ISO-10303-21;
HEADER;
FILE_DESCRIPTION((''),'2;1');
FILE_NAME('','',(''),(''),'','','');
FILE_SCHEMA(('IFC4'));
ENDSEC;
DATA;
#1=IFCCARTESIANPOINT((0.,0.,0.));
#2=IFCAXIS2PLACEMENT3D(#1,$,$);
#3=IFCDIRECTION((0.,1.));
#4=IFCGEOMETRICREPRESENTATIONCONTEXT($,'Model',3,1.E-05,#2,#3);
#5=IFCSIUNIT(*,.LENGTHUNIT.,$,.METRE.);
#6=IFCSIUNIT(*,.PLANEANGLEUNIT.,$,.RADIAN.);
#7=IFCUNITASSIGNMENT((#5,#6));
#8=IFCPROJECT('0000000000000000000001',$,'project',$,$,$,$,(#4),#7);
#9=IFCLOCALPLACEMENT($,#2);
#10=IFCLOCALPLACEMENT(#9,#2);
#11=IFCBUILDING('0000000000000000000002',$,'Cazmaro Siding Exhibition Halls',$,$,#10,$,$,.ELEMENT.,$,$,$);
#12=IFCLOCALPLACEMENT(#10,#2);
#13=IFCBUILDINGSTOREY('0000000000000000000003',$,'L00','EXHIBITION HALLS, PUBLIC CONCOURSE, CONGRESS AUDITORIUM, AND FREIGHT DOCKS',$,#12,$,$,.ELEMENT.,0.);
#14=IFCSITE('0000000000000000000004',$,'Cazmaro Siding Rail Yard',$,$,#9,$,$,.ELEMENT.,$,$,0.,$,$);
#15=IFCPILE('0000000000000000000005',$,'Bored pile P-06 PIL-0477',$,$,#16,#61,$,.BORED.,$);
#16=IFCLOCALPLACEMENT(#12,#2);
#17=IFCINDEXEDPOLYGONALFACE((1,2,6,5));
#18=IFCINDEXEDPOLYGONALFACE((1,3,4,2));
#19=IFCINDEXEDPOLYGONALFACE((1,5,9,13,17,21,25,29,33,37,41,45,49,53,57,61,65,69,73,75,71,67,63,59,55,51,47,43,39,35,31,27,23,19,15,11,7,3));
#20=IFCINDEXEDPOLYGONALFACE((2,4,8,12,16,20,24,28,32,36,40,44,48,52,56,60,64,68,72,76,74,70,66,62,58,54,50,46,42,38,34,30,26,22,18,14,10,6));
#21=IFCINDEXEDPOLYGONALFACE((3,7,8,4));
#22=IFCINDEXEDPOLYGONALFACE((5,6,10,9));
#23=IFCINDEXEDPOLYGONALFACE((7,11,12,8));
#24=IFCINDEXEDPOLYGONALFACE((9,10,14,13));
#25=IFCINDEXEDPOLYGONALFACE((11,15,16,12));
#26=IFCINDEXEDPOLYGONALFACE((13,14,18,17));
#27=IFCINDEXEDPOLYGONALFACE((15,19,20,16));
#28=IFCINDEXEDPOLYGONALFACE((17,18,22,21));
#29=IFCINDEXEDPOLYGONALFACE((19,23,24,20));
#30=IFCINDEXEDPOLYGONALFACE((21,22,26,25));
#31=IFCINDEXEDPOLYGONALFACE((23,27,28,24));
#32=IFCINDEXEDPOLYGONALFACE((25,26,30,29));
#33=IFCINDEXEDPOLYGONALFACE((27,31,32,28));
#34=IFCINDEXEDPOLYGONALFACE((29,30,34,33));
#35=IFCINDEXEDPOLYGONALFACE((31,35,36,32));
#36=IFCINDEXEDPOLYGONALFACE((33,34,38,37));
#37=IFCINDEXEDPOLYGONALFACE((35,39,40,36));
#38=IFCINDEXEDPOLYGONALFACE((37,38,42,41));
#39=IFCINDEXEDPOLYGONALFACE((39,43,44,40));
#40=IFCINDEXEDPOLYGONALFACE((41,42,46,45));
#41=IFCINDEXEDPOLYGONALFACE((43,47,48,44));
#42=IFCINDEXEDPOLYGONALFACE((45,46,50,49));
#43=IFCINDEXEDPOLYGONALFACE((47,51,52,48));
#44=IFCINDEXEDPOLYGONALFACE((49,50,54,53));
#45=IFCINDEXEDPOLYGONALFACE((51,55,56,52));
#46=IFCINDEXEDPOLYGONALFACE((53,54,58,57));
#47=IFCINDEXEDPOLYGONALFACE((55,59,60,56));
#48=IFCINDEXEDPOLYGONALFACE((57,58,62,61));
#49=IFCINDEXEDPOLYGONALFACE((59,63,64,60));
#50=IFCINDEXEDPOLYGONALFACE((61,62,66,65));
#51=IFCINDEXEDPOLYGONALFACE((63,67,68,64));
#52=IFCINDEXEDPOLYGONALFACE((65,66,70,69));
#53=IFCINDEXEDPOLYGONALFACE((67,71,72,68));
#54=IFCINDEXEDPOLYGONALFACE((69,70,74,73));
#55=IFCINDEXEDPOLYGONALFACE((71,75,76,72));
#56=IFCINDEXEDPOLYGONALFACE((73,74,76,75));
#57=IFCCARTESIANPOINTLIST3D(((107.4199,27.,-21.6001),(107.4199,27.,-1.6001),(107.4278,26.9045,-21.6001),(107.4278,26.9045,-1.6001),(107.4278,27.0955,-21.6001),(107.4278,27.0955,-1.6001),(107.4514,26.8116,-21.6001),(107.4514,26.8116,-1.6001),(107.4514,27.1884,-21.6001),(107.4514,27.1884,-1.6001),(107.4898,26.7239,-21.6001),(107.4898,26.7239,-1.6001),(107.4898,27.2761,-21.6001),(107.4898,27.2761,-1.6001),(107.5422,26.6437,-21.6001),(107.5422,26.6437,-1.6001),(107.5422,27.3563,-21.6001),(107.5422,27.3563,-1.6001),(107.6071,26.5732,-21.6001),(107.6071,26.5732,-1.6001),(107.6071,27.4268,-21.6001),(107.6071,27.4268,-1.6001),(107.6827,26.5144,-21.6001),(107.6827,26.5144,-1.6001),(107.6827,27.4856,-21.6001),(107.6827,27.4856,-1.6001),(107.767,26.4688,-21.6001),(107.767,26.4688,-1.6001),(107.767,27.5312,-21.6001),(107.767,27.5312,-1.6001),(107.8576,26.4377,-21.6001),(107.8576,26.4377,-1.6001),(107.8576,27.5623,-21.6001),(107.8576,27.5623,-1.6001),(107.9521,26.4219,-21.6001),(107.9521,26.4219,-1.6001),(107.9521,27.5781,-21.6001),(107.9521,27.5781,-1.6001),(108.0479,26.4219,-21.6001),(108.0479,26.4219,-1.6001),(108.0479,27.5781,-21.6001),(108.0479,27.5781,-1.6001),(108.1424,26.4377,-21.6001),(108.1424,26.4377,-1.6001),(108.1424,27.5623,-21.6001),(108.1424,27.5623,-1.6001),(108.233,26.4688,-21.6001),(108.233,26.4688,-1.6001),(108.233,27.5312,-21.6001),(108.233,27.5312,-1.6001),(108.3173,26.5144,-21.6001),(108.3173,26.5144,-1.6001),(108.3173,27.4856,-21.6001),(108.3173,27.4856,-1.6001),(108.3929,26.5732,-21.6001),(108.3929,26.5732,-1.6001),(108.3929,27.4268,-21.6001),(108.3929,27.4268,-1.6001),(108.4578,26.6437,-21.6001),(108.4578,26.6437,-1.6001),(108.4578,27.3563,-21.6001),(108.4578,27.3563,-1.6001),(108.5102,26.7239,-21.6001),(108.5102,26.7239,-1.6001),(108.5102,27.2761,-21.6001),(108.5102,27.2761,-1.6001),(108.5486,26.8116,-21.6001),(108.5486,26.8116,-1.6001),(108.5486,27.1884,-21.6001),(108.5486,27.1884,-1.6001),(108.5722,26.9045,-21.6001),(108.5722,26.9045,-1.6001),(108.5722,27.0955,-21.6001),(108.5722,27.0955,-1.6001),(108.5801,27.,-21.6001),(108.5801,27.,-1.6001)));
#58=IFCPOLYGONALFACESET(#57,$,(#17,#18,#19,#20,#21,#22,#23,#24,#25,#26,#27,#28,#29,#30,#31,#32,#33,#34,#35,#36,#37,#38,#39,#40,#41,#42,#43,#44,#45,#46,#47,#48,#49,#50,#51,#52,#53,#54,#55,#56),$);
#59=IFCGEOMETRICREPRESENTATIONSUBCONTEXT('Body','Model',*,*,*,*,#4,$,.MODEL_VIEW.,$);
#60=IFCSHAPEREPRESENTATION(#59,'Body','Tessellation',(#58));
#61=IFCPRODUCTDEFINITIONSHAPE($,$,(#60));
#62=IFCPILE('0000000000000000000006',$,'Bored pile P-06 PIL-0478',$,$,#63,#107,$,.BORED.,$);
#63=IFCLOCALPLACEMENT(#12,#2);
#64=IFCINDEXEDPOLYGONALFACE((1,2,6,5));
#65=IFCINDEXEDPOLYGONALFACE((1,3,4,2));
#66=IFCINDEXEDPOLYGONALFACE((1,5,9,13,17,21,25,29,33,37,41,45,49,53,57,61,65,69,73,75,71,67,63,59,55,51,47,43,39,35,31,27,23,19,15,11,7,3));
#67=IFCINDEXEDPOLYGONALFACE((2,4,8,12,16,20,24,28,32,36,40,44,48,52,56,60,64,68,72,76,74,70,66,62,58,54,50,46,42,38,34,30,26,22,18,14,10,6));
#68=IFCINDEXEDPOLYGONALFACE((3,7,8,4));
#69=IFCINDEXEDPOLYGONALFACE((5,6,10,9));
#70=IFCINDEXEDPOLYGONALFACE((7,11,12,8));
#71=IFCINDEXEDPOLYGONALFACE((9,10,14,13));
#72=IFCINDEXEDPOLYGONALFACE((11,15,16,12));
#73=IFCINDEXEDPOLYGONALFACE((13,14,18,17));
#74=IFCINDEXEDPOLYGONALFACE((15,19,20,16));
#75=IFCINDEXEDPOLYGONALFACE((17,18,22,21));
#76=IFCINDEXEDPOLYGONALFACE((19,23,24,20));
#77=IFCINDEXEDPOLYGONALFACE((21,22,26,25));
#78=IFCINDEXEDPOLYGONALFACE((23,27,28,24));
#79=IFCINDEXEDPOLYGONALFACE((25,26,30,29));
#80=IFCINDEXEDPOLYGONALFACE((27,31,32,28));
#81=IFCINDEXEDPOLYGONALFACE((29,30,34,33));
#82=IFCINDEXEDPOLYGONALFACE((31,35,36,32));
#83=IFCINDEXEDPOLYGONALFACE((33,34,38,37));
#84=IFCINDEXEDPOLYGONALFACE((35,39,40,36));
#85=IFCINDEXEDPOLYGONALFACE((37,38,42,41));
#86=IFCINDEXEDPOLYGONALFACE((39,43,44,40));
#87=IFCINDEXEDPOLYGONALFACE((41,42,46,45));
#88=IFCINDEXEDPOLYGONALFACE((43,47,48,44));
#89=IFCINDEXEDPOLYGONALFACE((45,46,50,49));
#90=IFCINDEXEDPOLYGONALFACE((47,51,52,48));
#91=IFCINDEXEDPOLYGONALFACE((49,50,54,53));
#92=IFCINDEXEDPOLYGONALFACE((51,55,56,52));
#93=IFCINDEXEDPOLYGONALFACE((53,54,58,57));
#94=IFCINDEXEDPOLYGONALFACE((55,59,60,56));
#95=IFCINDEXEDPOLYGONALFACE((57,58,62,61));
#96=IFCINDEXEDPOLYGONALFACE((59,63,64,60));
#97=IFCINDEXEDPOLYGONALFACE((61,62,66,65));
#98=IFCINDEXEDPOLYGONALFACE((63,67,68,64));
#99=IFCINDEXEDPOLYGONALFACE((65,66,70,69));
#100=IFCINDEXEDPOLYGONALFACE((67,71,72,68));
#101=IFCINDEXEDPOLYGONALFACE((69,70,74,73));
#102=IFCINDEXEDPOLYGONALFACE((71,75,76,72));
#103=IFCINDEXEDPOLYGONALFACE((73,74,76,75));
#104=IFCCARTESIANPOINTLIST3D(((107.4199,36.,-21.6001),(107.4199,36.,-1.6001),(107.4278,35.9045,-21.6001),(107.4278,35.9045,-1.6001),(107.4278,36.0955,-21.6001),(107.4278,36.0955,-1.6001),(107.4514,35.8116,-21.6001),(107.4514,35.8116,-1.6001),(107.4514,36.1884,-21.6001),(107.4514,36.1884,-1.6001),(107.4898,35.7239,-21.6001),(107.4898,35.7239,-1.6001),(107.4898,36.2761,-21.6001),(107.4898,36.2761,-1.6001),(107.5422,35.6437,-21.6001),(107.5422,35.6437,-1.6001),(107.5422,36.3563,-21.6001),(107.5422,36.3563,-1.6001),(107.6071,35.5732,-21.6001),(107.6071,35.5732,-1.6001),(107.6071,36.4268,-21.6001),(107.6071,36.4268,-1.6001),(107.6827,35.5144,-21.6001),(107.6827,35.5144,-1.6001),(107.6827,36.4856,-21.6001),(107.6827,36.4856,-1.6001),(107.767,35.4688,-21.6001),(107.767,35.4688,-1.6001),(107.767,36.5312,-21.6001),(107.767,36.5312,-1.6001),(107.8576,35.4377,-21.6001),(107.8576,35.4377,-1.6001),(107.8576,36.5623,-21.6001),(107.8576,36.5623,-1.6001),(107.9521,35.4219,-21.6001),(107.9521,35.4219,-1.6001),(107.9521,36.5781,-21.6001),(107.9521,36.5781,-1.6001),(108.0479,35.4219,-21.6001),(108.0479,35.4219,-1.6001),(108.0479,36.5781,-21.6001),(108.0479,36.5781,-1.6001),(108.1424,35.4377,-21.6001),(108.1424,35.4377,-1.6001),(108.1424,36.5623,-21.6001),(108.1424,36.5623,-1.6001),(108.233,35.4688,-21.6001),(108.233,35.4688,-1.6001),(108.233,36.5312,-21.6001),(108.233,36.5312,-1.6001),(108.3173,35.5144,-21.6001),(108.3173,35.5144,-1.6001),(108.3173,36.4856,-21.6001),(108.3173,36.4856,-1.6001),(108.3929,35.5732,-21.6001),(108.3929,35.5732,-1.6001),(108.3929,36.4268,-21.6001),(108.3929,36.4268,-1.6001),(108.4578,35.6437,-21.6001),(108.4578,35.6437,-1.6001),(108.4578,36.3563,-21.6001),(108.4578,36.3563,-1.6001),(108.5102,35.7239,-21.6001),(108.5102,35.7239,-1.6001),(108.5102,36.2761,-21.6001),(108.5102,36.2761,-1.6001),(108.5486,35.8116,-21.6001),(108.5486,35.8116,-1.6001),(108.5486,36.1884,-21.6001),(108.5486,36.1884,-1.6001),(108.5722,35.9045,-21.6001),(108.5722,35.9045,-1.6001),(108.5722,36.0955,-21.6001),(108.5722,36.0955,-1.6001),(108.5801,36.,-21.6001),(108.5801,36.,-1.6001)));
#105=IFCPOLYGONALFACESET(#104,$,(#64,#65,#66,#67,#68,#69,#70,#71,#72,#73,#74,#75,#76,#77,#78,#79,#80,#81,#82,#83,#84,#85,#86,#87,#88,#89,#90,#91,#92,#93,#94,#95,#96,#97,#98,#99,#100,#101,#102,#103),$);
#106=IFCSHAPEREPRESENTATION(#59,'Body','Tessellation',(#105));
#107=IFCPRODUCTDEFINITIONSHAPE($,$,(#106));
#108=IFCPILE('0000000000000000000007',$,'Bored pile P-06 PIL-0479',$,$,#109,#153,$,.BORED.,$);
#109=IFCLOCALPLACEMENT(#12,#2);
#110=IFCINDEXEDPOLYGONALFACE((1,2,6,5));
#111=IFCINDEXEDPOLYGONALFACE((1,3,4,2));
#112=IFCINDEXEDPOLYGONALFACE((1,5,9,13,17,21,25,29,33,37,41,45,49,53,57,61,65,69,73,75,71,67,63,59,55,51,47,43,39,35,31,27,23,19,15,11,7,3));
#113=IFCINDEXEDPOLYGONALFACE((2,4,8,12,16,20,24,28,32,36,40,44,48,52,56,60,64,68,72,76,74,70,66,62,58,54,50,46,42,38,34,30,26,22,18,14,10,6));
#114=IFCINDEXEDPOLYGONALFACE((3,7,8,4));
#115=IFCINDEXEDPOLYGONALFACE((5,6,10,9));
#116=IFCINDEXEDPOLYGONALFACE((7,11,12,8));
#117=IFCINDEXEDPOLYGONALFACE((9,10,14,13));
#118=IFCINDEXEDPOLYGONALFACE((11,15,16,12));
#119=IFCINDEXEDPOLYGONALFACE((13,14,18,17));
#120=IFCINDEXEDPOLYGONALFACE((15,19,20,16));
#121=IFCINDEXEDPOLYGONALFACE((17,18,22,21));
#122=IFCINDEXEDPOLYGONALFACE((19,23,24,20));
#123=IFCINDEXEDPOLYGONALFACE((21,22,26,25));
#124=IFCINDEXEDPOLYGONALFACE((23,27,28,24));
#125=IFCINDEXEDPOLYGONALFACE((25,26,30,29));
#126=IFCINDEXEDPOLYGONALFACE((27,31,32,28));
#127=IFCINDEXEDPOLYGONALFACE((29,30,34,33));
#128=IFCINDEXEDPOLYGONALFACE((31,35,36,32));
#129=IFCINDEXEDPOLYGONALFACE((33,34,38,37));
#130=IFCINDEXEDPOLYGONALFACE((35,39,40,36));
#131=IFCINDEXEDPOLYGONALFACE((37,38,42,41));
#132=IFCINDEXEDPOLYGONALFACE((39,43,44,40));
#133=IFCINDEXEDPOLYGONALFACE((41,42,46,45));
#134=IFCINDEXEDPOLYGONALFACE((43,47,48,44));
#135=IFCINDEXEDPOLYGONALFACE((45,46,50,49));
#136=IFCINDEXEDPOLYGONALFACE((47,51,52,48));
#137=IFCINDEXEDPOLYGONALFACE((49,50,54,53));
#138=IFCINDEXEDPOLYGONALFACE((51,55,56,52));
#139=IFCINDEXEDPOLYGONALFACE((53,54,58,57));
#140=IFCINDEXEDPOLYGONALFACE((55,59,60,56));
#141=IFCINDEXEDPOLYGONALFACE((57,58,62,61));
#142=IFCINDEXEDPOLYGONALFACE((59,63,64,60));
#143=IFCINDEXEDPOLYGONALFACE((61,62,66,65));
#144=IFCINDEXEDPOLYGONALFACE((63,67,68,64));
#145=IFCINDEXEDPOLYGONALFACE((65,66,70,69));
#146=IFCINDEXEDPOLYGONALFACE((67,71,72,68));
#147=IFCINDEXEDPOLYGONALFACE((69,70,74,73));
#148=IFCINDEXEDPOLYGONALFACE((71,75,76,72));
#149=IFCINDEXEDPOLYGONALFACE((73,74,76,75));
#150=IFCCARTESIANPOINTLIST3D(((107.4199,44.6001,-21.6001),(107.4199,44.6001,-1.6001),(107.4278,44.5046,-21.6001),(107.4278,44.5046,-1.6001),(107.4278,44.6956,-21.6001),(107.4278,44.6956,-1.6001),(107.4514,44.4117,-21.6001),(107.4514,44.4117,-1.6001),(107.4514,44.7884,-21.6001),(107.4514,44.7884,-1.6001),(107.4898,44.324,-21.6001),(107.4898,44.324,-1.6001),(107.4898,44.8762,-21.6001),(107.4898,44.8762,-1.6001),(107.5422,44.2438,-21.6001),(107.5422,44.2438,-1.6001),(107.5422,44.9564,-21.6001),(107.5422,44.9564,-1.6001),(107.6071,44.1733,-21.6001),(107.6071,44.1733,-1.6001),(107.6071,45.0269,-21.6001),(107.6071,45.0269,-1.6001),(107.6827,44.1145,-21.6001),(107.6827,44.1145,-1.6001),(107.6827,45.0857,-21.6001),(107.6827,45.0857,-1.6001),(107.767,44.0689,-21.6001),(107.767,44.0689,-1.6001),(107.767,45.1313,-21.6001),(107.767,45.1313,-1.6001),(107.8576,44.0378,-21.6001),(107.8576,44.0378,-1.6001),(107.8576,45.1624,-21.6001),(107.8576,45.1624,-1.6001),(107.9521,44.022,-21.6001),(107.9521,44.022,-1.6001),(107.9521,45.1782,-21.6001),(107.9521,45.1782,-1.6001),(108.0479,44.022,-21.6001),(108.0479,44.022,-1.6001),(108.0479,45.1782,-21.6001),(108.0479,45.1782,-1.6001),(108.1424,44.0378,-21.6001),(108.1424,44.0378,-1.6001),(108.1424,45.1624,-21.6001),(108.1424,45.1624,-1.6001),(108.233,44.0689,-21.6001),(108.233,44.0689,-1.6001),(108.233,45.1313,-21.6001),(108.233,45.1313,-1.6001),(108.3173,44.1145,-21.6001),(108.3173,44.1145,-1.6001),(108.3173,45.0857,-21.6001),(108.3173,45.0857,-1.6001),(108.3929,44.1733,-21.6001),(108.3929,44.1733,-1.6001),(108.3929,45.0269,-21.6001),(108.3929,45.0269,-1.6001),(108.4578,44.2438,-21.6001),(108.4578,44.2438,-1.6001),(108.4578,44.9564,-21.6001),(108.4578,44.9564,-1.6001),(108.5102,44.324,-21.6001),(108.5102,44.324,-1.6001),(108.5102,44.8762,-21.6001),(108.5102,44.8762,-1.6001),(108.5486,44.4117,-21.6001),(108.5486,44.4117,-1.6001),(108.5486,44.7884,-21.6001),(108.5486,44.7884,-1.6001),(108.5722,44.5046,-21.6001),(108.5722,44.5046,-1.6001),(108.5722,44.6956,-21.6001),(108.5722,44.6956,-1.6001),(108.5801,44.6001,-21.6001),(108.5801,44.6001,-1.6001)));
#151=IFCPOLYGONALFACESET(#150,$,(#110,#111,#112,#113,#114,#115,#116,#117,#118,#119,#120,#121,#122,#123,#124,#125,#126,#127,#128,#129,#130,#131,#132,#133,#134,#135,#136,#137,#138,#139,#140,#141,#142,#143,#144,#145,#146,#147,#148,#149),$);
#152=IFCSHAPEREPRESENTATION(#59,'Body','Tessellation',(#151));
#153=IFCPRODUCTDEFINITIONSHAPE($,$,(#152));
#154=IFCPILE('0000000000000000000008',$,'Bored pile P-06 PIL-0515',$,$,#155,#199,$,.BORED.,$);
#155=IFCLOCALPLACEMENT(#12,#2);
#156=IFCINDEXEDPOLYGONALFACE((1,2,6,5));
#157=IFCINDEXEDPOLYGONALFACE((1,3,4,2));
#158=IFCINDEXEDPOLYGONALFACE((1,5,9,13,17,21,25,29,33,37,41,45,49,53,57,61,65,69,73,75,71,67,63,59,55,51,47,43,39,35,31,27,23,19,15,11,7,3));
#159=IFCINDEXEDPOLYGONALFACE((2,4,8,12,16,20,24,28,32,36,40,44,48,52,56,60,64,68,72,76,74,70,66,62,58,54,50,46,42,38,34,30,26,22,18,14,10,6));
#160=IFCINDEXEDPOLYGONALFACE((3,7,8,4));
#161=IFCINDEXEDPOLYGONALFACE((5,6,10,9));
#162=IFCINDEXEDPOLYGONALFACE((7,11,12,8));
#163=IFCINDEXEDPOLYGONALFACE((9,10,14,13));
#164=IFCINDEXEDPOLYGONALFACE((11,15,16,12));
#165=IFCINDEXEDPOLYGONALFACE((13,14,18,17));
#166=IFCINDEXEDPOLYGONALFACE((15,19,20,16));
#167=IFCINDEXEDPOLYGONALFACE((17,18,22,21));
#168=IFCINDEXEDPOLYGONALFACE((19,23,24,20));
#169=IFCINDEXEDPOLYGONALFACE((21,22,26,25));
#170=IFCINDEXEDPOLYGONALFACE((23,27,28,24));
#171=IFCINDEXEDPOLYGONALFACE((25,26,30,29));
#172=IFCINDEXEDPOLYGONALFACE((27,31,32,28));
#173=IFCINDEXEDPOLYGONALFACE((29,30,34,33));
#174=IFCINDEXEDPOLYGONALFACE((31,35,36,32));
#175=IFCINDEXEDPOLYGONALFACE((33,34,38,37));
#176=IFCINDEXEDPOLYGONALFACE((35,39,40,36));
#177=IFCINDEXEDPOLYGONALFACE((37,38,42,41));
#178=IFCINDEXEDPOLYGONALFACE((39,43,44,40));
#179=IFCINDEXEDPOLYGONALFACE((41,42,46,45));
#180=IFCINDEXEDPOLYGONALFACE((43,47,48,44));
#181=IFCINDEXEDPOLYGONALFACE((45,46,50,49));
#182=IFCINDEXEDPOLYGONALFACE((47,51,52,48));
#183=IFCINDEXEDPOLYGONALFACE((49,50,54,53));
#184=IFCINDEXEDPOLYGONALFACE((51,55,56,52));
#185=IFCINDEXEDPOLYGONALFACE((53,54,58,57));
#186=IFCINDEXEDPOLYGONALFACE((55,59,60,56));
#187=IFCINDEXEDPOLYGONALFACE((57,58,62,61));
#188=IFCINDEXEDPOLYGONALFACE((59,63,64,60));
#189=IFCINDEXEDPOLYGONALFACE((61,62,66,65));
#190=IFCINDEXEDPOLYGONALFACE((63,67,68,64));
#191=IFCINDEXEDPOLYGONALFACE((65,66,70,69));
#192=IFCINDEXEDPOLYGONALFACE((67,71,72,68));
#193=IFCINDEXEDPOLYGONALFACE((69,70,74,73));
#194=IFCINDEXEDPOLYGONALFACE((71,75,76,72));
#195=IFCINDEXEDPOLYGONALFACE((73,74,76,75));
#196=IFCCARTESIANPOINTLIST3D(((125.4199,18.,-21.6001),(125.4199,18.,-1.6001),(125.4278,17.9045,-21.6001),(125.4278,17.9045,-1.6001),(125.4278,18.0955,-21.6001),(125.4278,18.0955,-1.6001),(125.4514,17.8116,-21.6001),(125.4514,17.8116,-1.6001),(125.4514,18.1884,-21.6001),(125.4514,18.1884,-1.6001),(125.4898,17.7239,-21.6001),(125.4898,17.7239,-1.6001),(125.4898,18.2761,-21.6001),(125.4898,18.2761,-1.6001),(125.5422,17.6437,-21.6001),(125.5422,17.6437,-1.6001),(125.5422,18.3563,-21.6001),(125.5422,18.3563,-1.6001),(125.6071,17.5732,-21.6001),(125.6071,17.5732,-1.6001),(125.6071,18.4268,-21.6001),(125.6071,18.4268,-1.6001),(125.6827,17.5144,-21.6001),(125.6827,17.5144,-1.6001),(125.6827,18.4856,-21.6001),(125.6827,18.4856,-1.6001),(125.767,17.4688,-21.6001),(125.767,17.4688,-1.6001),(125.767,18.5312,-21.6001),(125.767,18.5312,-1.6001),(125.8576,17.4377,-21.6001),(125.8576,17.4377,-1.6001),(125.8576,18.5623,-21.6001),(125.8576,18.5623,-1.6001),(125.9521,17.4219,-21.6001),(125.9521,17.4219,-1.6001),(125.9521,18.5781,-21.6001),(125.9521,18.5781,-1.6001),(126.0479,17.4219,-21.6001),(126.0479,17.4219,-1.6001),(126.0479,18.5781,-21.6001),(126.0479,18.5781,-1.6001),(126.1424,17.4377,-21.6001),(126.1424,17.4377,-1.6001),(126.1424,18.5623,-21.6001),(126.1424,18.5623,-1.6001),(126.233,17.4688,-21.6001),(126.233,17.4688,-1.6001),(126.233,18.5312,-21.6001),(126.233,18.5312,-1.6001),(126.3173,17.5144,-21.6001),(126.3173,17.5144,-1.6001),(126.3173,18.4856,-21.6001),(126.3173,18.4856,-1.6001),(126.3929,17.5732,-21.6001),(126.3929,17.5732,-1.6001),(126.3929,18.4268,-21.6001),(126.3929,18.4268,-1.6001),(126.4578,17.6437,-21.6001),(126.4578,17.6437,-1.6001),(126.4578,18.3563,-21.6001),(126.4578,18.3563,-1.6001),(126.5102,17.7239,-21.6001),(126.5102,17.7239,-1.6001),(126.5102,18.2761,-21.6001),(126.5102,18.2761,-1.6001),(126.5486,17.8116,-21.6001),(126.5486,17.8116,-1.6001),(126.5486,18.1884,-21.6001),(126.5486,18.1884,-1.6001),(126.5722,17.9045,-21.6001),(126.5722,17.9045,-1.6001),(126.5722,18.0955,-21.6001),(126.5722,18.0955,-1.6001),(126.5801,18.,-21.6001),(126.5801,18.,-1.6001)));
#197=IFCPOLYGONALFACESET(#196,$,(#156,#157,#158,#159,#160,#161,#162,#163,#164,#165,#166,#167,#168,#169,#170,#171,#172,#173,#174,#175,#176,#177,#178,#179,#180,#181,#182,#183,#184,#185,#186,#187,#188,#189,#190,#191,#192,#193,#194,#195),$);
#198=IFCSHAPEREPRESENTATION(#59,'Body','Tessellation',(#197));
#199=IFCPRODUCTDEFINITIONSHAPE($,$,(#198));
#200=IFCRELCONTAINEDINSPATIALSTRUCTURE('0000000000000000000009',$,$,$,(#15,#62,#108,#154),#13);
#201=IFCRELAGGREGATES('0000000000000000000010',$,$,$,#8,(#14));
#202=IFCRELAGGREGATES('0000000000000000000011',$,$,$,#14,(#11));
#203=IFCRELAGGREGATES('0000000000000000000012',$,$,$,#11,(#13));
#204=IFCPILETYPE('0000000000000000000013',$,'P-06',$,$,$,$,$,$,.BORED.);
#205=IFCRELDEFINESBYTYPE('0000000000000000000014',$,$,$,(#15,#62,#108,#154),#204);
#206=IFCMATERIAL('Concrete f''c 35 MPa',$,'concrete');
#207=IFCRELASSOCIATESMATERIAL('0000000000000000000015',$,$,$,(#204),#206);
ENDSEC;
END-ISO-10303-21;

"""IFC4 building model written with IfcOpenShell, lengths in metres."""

from ifc_helpers import new_model, si_unit, direction, frame, origin, origin_2d, place, context, subcontext, project, spatial, circle, extrude, material, material_profile, profile_set, type_object, element, save


model = new_model("IFC4")

# Units and contexts
model_context = context("Model", 3, precision=1e-05, world=origin(), true_north=direction((0.0, 1.0)))
body_context = subcontext(model_context, "Body", "Model", "MODEL_VIEW")
ifc_project = project(units=[si_unit("LENGTHUNIT", "METRE"), si_unit("PLANEANGLEUNIT", "RADIAN")], contexts=[model_context])

# Site, building, storey
site_placement = place(None, origin())
site = spatial("IfcSite", under=ifc_project, at=site_placement, Name="Cazmaro Siding Rail Yard", CompositionType="ELEMENT", RefElevation=0.0)
building_placement = place(site_placement, origin())
building = spatial("IfcBuilding", under=site, at=building_placement, Name="Cazmaro Siding Exhibition Halls", CompositionType="ELEMENT")
storey_placement = place(building_placement, origin())
storey = spatial("IfcBuildingStorey", under=building, at=storey_placement, Name="L00", Description="EXHIBITION HALLS, PUBLIC CONCOURSE, CONGRESS AUDITORIUM, AND FREIGHT DOCKS", CompositionType="ELEMENT", Elevation=0.0)

# Piles
ifc_material_1 = material(Name="Concrete f'c 35 MPa", Category="concrete")
ifc_material_profile_1 = material_profile(ifc_material_1, circle(Radius=0.5801, at=origin_2d()), Name="CIDH-1160")
ifc_profile_set_1 = profile_set([ifc_material_profile_1], Name="Concrete f'c 35 MPa")
pile_type = type_object("IfcPileType", Name="P-06", PredefinedType="BORED", material=ifc_profile_set_1)
for number, where, z_axis, x_axis, name in (
    (1, (108.0, 27.0, -1.6001), (0.0, 0.0, -1.0), (1.0, 0.0, 0.0), "Bored pile P-06 PIL-0477"),
    (2, (108.0, 36.0, -1.6001), (0.0, 0.0, -1.0), (1.0, 0.0, 0.0), "Bored pile P-06 PIL-0478"),
    (3, (108.0, 44.6001, -1.6001), (0.0, 0.0, -1.0), (1.0, 0.0, 0.0), "Bored pile P-06 PIL-0479"),
    (4, (126.0, 18.0, -1.6001), (0.0, 0.0, -1.0), (1.0, 0.0, 0.0), "Bored pile P-06 PIL-0515"),
):
    element("IfcPile", number, at=place(storey_placement, frame(where, z_axis=z_axis, x_axis=x_axis)), inside=storey, type_object=pile_type, Name=name, PredefinedType="BORED", context=body_context, shape_type="SweptSolid", body=[
        extrude(circle(Radius=0.5801, at=origin_2d()), origin(), (0.0, 0.0, 1.0), 20.0),
    ])

save(model, "model.ifc")
